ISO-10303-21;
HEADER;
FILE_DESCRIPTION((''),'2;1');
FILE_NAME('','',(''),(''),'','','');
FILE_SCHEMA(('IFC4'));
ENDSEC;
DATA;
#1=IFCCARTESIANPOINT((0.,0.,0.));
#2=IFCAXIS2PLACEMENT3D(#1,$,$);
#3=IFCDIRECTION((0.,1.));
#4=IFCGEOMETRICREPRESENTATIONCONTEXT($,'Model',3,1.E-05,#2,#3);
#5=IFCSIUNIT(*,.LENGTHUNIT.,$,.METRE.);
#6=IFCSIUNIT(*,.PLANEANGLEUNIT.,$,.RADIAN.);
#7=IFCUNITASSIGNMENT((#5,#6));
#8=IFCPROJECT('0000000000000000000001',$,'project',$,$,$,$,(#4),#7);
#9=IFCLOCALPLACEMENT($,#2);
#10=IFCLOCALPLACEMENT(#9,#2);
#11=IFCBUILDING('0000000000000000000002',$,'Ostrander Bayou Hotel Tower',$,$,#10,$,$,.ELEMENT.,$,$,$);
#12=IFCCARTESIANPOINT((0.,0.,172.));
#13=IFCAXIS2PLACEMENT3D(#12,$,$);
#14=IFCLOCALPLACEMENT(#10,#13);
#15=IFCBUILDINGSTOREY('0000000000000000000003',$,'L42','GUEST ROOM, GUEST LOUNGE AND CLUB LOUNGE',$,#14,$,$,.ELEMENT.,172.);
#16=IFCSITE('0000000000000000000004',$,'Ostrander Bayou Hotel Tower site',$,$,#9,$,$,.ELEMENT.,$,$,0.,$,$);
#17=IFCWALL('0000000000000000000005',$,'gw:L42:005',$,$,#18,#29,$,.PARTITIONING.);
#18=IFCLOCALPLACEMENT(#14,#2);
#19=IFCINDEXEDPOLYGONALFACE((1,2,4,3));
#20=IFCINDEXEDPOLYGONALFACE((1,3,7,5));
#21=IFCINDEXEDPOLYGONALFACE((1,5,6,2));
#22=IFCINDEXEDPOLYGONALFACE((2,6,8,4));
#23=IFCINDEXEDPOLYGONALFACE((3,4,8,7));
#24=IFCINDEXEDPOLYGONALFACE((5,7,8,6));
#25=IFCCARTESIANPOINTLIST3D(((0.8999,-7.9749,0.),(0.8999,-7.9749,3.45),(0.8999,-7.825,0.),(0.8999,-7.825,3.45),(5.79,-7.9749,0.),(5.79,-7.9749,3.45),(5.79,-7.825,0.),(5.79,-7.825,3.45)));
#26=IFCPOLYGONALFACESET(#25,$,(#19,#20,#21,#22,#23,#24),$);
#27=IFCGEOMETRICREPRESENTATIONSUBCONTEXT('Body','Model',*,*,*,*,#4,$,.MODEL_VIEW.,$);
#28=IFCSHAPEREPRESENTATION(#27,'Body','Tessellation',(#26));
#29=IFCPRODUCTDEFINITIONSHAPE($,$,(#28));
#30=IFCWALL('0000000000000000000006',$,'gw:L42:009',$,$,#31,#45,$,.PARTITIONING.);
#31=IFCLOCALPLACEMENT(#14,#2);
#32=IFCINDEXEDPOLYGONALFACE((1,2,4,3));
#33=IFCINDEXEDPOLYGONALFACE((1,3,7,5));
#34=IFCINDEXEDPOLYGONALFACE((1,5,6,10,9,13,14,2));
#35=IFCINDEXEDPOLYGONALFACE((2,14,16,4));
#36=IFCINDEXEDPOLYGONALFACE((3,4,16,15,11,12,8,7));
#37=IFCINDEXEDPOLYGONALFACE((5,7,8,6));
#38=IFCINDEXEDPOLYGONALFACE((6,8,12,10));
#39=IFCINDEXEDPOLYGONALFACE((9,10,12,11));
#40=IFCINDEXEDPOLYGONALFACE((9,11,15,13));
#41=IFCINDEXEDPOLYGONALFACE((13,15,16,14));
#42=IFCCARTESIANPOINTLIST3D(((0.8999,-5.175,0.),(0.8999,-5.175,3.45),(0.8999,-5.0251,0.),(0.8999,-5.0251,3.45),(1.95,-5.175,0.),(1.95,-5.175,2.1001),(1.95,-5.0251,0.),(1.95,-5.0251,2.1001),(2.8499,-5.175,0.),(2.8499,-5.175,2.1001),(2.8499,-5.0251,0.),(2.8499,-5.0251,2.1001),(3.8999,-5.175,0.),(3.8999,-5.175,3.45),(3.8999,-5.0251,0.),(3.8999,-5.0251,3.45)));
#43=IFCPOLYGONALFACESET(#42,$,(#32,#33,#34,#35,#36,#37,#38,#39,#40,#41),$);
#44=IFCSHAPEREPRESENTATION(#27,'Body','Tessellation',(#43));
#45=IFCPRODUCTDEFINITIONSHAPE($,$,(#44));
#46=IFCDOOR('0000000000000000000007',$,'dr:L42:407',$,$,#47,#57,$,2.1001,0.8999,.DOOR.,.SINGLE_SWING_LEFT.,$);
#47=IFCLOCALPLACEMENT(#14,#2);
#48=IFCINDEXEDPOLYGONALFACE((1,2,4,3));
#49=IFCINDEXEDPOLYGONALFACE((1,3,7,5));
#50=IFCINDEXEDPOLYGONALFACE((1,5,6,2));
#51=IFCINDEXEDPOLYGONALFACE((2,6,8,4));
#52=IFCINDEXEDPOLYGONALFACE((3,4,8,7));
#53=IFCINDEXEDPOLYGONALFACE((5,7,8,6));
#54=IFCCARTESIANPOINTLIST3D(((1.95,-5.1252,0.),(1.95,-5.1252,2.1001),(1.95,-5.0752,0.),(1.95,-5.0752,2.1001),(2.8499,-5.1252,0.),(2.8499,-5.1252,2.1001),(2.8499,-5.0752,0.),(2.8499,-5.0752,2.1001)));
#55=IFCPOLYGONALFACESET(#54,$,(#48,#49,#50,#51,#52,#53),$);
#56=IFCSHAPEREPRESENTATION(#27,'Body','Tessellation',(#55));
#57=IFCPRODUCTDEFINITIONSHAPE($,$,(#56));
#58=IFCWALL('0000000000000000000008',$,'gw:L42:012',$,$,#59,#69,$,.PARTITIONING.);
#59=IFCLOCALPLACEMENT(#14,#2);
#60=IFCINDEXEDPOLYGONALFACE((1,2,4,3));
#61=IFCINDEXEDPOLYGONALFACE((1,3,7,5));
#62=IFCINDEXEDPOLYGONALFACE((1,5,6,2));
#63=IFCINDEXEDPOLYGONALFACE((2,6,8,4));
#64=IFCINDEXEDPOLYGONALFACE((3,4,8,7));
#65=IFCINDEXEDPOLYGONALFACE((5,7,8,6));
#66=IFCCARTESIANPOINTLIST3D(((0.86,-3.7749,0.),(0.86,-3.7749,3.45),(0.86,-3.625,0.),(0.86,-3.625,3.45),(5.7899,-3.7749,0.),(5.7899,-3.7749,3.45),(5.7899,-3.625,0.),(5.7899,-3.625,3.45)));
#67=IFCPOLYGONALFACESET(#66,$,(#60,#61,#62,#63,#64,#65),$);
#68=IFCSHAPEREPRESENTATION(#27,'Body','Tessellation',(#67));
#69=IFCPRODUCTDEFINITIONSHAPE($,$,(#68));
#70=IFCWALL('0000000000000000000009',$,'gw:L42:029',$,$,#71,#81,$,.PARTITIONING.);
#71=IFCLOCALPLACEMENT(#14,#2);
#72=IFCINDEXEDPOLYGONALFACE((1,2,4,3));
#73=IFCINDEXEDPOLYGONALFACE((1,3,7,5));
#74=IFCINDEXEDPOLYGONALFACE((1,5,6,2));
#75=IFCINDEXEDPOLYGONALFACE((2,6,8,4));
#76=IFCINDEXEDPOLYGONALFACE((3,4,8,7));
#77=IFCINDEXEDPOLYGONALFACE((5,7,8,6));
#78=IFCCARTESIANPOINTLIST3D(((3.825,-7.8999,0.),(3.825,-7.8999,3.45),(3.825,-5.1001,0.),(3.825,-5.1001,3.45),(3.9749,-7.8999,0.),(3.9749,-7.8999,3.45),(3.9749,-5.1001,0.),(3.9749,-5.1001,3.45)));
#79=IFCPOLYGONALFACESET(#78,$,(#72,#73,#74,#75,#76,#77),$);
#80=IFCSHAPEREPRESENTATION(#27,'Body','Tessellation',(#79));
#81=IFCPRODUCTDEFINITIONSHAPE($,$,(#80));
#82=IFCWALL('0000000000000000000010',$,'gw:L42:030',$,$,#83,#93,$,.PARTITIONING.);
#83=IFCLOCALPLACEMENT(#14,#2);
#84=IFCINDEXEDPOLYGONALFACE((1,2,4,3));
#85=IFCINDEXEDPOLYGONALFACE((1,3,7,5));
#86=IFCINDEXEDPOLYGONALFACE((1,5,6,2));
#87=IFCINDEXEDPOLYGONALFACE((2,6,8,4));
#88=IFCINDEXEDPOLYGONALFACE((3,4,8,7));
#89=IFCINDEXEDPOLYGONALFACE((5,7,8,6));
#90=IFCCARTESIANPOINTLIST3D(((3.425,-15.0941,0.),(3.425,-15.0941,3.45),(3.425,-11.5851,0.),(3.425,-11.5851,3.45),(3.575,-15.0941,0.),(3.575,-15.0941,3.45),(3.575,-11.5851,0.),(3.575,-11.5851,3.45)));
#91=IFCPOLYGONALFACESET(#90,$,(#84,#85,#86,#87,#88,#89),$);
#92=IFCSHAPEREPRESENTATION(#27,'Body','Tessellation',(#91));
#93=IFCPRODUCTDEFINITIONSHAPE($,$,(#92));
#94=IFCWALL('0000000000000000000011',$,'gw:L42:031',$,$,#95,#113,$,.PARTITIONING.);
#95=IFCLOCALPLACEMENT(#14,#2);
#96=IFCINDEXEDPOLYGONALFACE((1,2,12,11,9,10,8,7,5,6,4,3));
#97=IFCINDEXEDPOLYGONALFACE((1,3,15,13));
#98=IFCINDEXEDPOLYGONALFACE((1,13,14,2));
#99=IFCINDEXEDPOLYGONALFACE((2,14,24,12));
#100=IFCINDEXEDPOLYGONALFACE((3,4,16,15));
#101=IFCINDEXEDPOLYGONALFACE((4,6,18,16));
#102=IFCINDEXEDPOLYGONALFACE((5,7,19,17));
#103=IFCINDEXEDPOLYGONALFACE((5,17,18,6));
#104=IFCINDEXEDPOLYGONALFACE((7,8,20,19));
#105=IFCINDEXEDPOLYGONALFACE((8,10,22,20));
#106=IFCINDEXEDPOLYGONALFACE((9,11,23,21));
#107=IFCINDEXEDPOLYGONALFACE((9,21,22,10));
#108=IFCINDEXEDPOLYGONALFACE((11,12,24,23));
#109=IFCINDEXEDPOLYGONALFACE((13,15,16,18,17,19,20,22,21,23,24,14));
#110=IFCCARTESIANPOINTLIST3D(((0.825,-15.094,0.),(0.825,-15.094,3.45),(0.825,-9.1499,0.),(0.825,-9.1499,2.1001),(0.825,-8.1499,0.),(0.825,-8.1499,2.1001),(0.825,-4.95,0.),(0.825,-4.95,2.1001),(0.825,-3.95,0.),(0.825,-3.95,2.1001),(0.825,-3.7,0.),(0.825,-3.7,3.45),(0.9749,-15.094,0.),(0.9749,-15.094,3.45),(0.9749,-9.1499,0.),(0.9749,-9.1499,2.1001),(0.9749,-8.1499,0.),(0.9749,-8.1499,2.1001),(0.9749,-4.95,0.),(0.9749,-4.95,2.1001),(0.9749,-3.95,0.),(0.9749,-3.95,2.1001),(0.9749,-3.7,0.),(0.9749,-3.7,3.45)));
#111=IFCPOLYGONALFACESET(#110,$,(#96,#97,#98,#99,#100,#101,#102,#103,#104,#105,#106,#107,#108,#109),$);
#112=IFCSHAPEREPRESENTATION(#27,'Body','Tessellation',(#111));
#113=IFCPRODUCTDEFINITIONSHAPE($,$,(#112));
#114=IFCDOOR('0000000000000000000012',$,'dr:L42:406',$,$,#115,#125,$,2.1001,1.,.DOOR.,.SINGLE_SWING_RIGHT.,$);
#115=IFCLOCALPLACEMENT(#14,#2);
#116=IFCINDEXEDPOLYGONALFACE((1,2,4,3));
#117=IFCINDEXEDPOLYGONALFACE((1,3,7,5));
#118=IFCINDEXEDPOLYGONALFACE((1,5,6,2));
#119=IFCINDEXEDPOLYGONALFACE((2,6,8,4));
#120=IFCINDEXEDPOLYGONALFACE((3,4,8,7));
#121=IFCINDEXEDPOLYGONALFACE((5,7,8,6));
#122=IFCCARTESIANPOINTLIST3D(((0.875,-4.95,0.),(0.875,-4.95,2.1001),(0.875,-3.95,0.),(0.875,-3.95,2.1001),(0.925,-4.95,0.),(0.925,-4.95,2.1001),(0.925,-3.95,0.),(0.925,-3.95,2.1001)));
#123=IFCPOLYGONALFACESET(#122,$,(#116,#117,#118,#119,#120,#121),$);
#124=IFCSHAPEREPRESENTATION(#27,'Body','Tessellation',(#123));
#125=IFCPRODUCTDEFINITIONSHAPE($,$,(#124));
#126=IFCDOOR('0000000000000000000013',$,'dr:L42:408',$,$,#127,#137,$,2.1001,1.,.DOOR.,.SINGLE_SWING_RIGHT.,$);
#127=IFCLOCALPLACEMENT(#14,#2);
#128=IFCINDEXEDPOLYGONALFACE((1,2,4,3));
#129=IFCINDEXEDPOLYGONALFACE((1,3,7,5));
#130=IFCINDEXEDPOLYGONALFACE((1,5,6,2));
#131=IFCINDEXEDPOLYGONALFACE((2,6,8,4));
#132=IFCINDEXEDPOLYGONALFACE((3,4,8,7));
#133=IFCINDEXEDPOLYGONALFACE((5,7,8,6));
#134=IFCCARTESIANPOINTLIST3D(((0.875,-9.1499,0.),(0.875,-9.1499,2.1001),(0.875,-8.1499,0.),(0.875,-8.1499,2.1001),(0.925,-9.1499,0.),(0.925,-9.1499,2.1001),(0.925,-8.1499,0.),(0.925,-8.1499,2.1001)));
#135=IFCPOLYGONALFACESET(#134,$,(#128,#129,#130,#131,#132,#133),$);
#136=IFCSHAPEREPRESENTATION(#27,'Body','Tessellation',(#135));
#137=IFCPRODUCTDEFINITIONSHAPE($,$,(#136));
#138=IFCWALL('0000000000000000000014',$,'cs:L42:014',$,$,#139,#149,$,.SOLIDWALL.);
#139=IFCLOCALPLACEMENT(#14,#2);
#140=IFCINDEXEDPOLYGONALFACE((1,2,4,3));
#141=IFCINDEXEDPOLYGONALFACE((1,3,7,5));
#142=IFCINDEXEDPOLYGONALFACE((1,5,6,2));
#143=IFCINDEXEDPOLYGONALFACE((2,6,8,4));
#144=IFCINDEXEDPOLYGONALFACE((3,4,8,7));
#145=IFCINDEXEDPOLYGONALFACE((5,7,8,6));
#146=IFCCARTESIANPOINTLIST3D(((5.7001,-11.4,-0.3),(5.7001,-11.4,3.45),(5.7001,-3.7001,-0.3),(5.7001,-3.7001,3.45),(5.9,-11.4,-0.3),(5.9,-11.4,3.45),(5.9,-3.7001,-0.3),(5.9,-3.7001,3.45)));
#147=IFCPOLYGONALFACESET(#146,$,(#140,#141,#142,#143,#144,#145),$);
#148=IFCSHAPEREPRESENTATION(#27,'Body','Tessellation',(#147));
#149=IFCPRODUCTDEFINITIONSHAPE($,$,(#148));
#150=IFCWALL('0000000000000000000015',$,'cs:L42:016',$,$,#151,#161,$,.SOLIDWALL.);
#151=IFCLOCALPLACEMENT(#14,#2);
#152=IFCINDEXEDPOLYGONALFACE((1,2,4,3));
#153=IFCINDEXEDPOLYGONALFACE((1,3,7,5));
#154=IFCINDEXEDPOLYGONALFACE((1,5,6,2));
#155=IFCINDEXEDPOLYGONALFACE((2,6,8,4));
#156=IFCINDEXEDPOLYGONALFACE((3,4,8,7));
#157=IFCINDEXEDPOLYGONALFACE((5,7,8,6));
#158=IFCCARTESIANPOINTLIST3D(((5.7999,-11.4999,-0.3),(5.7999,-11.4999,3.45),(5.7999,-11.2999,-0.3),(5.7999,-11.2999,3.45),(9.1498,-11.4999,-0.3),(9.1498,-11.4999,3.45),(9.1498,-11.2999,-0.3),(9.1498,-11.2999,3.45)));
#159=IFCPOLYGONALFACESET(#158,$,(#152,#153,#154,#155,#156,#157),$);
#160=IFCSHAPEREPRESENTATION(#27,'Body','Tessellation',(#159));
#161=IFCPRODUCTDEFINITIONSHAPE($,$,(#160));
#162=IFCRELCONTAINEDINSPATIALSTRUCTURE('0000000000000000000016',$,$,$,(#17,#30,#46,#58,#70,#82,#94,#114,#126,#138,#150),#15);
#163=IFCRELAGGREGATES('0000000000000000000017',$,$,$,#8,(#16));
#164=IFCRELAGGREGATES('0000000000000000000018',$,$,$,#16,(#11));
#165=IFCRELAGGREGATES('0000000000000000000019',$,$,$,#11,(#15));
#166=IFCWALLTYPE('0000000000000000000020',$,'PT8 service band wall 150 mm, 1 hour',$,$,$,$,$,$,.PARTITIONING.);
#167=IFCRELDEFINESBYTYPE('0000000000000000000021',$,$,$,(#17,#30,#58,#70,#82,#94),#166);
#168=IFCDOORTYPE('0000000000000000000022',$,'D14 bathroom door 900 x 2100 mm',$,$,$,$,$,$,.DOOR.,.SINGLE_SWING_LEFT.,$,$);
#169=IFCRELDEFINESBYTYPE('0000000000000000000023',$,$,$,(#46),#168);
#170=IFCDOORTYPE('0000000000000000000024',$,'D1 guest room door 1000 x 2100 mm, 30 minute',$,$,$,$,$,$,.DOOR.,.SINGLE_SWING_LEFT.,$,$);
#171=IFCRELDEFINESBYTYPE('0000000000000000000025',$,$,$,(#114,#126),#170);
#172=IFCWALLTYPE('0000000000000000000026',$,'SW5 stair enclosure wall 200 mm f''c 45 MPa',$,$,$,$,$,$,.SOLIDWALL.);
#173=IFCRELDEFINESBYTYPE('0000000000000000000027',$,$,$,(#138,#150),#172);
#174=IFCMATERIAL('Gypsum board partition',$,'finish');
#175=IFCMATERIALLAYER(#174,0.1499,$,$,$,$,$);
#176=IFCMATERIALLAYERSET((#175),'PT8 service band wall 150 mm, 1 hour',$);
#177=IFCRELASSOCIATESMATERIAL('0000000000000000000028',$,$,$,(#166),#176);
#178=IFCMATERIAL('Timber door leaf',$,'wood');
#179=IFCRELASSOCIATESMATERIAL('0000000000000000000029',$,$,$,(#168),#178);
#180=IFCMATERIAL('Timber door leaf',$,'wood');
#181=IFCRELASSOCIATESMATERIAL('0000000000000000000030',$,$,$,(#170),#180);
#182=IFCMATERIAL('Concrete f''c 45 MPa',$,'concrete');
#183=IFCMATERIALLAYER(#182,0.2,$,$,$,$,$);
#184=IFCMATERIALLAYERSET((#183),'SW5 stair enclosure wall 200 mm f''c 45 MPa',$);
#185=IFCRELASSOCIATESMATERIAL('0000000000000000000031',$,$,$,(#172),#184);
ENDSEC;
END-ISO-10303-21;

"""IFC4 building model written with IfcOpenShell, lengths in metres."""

from ifc_helpers import new_model, si_unit, direction, frame, frame_2d, origin, place, context, subcontext, project, spatial, rectangle, extrude, material, layer, layer_set, type_object, element, fill, save


model = new_model("IFC4")

# Units and contexts
model_context = context("Model", 3, precision=1e-05, world=origin(), true_north=direction((0.0, 1.0)))
body_context = subcontext(model_context, "Body", "Model", "MODEL_VIEW")
ifc_project = project(units=[si_unit("LENGTHUNIT", "METRE"), si_unit("PLANEANGLEUNIT", "RADIAN")], contexts=[model_context])

# Site, building, storey
site_placement = place(None, origin())
site = spatial("IfcSite", under=ifc_project, at=site_placement, Name="Ostrander Bayou Hotel Tower site", CompositionType="ELEMENT", RefElevation=0.0)
building_placement = place(site_placement, origin())
building = spatial("IfcBuilding", under=site, at=building_placement, Name="Ostrander Bayou Hotel Tower", CompositionType="ELEMENT")
storey_placement = place(building_placement, frame((0.0, 0.0, 172.0)))
storey = spatial("IfcBuildingStorey", under=building, at=storey_placement, Name="L42", Description="GUEST ROOM, GUEST LOUNGE AND CLUB LOUNGE", CompositionType="ELEMENT", Elevation=172.0)

# Shared definitions
ifc_material_1 = material(Name="Gypsum board partition", Category="finish")
ifc_layer_1 = layer(ifc_material_1, 0.1499)
ifc_layer_set_1 = layer_set([ifc_layer_1], Name="PT8 service band wall 150 mm, 1 hour")
wall_type_1 = type_object("IfcWallType", Name="PT8 service band wall 150 mm, 1 hour", PredefinedType="PARTITIONING", material=ifc_layer_set_1)

# Wall
wall_1_placement = place(storey_placement, frame((0.8999, -7.8999, 0.0), z_axis=(0.0, 0.0, 1.0), x_axis=(1.0, 0.0, 0.0)))
element("IfcWall", 1, at=wall_1_placement, inside=storey, type_object=wall_type_1, Name="gw:L42:005", PredefinedType="PARTITIONING", context=body_context, shape_type="SweptSolid", body=[
    extrude(rectangle(XDim=4.8901, YDim=0.1499, at=frame_2d((2.4451, 0.0))), origin(), (0.0, 0.0, 1.0), 3.45),
])

# Wall, opening, door
wall_2_placement = place(storey_placement, frame((0.8999, -5.1001, 0.0), z_axis=(0.0, 0.0, 1.0), x_axis=(1.0, 0.0, 0.0)))
wall_2 = element("IfcWall", 2, at=wall_2_placement, inside=storey, type_object=wall_type_1, Name="gw:L42:009", PredefinedType="PARTITIONING", context=body_context, shape_type="SweptSolid", body=[
    extrude(rectangle(XDim=3.0, YDim=0.1499, at=frame_2d((1.5, 0.0))), origin(), (0.0, 0.0, 1.0), 3.45),
])
opening_1_placement = place(wall_2_placement, frame((1.05, 0.0, 0.0)))
opening_1 = element("IfcOpeningElement", 3, at=opening_1_placement, cuts=wall_2, PredefinedType="OPENING", context=body_context, shape_type="SweptSolid", body=[
    extrude(rectangle(XDim=0.8999, YDim=2.1001, at=frame_2d((0.45, 1.05))), frame((0.0, 0.075, 0.0), z_axis=(0.0, -1.0, 0.0), x_axis=(1.0, 0.0, 0.0)), (0.0, 0.0, 1.0), 0.1499),
])
ifc_material_2 = material(Name="Timber door leaf", Category="wood")
door_type_1 = type_object("IfcDoorType", Name="D14 bathroom door 900 x 2100 mm", OperationType="SINGLE_SWING_LEFT", PredefinedType="DOOR", material=ifc_material_2)
door_1_placement = place(opening_1_placement, origin())
door_1 = element("IfcDoor", 4, at=door_1_placement, inside=storey, type_object=door_type_1, Name="dr:L42:407", OperationType="SINGLE_SWING_LEFT", OverallHeight=2.1001, OverallWidth=0.8999, PredefinedType="DOOR", context=body_context, shape_type="SweptSolid", body=[
    extrude(rectangle(XDim=0.8999, YDim=2.1001, at=frame_2d((0.45, 1.05))), frame((0.0, 0.0249, 0.0), z_axis=(0.0, -1.0, 0.0), x_axis=(1.0, 0.0, 0.0)), (0.0, 0.0, 1.0), 0.05),
])
fill(opening_1, door_1)

# Walls
wall_3_placement = place(storey_placement, frame((0.8601, -3.7, 0.0), z_axis=(0.0, 0.0, 1.0), x_axis=(1.0, 0.0, 0.0)))
element("IfcWall", 5, at=wall_3_placement, inside=storey, type_object=wall_type_1, Name="gw:L42:012", PredefinedType="PARTITIONING", context=body_context, shape_type="SweptSolid", body=[
    extrude(rectangle(XDim=4.9299, YDim=0.1499, at=frame_2d((2.4648, 0.0))), origin(), (0.0, 0.0, 1.0), 3.45),
])
wall_4_placement = place(storey_placement, frame((3.8999, -7.8999, 0.0), z_axis=(0.0, 0.0, 1.0), x_axis=(0.0, 1.0, 0.0)))
element("IfcWall", 6, at=wall_4_placement, inside=storey, type_object=wall_type_1, Name="gw:L42:029", PredefinedType="PARTITIONING", context=body_context, shape_type="SweptSolid", body=[
    extrude(rectangle(XDim=2.7998, YDim=0.1499, at=frame_2d((1.3999, 0.0))), origin(), (0.0, 0.0, 1.0), 3.45),
])
wall_5_placement = place(storey_placement, frame((3.5, -15.094, 0.0), z_axis=(0.0, 0.0, 1.0), x_axis=(0.0, 1.0, 0.0)))
element("IfcWall", 7, at=wall_5_placement, inside=storey, type_object=wall_type_1, Name="gw:L42:030", PredefinedType="PARTITIONING", context=body_context, shape_type="SweptSolid", body=[
    extrude(rectangle(XDim=3.509, YDim=0.1499, at=frame_2d((1.7544, 0.0))), origin(), (0.0, 0.0, 1.0), 3.45),
])

# Wall, openings, doors
wall_6_placement = place(storey_placement, frame((0.8999, -15.094, 0.0), z_axis=(0.0, 0.0, 1.0), x_axis=(0.0, 1.0, 0.0)))
wall_6 = element("IfcWall", 8, at=wall_6_placement, inside=storey, type_object=wall_type_1, Name="gw:L42:031", PredefinedType="PARTITIONING", context=body_context, shape_type="SweptSolid", body=[
    extrude(rectangle(XDim=11.394, YDim=0.1499, at=frame_2d((5.697, 0.0))), origin(), (0.0, 0.0, 1.0), 3.45),
])
opening_2_placement = place(wall_6_placement, frame((10.144, 0.0, 0.0)))
opening_2 = element("IfcOpeningElement", 9, at=opening_2_placement, cuts=wall_6, PredefinedType="OPENING", context=body_context, shape_type="SweptSolid", body=[
    extrude(rectangle(XDim=1.0, YDim=2.1001, at=frame_2d((0.5, 1.05))), frame((0.0, 0.075, 0.0), z_axis=(0.0, -1.0, 0.0), x_axis=(1.0, 0.0, 0.0)), (0.0, 0.0, 1.0), 0.1499),
])
opening_3_placement = place(wall_6_placement, frame((5.9441, 0.0, 0.0)))
opening_3 = element("IfcOpeningElement", 10, at=opening_3_placement, cuts=wall_6, PredefinedType="OPENING", context=body_context, shape_type="SweptSolid", body=[
    extrude(rectangle(XDim=1.0, YDim=2.1001, at=frame_2d((0.5, 1.05))), frame((0.0, 0.075, 0.0), z_axis=(0.0, -1.0, 0.0), x_axis=(1.0, 0.0, 0.0)), (0.0, 0.0, 1.0), 0.1499),
])
ifc_material_3 = material(Name="Timber door leaf", Category="wood")
door_type_2 = type_object("IfcDoorType", Name="D1 guest room door 1000 x 2100 mm, 30 minute", OperationType="SINGLE_SWING_LEFT", PredefinedType="DOOR", material=ifc_material_3)
door_2_placement = place(opening_2_placement, origin())
door_2 = element("IfcDoor", 11, at=door_2_placement, inside=storey, type_object=door_type_2, Name="dr:L42:406", OperationType="SINGLE_SWING_RIGHT", OverallHeight=2.1001, OverallWidth=1.0, PredefinedType="DOOR", context=body_context, shape_type="SweptSolid", body=[
    extrude(rectangle(XDim=1.0, YDim=2.1001, at=frame_2d((0.5, 1.05))), frame((0.0, 0.0249, 0.0), z_axis=(0.0, -1.0, 0.0), x_axis=(1.0, 0.0, 0.0)), (0.0, 0.0, 1.0), 0.05),
])
fill(opening_2, door_2)
door_3_placement = place(opening_3_placement, origin())
door_3 = element("IfcDoor", 12, at=door_3_placement, inside=storey, type_object=door_type_2, Name="dr:L42:408", OperationType="SINGLE_SWING_RIGHT", OverallHeight=2.1001, OverallWidth=1.0, PredefinedType="DOOR", context=body_context, shape_type="SweptSolid", body=[
    extrude(rectangle(XDim=1.0, YDim=2.1001, at=frame_2d((0.5, 1.05))), frame((0.0, 0.0249, 0.0), z_axis=(0.0, -1.0, 0.0), x_axis=(1.0, 0.0, 0.0)), (0.0, 0.0, 1.0), 0.05),
])
fill(opening_3, door_3)

# Shared definitions
ifc_material_4 = material(Name="Concrete f'c 45 MPa", Category="concrete")
ifc_layer_2 = layer(ifc_material_4, 0.2)
ifc_layer_set_2 = layer_set([ifc_layer_2], Name="SW5 stair enclosure wall 200 mm f'c 45 MPa")
wall_type_2 = type_object("IfcWallType", Name="SW5 stair enclosure wall 200 mm f'c 45 MPa", PredefinedType="SOLIDWALL", material=ifc_layer_set_2)

# Walls
wall_7_placement = place(storey_placement, frame((5.8, -3.7, -0.3), z_axis=(0.0, 0.0, 1.0), x_axis=(0.0, -1.0, 0.0)))
element("IfcWall", 13, at=wall_7_placement, inside=storey, type_object=wall_type_2, Name="cs:L42:014", PredefinedType="SOLIDWALL", context=body_context, shape_type="SweptSolid", body=[
    extrude(rectangle(XDim=7.7, YDim=0.2, at=frame_2d((3.8501, 0.0))), origin(), (0.0, 0.0, 1.0), 3.75),
])
wall_8_placement = place(storey_placement, frame((5.8, -11.3999, -0.3), z_axis=(0.0, 0.0, 1.0), x_axis=(1.0, 0.0, 0.0)))
element("IfcWall", 14, at=wall_8_placement, inside=storey, type_object=wall_type_2, Name="cs:L42:016", PredefinedType="SOLIDWALL", context=body_context, shape_type="SweptSolid", body=[
    extrude(rectangle(XDim=3.3499, YDim=0.2, at=frame_2d((1.6748, 0.0))), origin(), (0.0, 0.0, 1.0), 3.75),
])

save(model, "model.ifc")
